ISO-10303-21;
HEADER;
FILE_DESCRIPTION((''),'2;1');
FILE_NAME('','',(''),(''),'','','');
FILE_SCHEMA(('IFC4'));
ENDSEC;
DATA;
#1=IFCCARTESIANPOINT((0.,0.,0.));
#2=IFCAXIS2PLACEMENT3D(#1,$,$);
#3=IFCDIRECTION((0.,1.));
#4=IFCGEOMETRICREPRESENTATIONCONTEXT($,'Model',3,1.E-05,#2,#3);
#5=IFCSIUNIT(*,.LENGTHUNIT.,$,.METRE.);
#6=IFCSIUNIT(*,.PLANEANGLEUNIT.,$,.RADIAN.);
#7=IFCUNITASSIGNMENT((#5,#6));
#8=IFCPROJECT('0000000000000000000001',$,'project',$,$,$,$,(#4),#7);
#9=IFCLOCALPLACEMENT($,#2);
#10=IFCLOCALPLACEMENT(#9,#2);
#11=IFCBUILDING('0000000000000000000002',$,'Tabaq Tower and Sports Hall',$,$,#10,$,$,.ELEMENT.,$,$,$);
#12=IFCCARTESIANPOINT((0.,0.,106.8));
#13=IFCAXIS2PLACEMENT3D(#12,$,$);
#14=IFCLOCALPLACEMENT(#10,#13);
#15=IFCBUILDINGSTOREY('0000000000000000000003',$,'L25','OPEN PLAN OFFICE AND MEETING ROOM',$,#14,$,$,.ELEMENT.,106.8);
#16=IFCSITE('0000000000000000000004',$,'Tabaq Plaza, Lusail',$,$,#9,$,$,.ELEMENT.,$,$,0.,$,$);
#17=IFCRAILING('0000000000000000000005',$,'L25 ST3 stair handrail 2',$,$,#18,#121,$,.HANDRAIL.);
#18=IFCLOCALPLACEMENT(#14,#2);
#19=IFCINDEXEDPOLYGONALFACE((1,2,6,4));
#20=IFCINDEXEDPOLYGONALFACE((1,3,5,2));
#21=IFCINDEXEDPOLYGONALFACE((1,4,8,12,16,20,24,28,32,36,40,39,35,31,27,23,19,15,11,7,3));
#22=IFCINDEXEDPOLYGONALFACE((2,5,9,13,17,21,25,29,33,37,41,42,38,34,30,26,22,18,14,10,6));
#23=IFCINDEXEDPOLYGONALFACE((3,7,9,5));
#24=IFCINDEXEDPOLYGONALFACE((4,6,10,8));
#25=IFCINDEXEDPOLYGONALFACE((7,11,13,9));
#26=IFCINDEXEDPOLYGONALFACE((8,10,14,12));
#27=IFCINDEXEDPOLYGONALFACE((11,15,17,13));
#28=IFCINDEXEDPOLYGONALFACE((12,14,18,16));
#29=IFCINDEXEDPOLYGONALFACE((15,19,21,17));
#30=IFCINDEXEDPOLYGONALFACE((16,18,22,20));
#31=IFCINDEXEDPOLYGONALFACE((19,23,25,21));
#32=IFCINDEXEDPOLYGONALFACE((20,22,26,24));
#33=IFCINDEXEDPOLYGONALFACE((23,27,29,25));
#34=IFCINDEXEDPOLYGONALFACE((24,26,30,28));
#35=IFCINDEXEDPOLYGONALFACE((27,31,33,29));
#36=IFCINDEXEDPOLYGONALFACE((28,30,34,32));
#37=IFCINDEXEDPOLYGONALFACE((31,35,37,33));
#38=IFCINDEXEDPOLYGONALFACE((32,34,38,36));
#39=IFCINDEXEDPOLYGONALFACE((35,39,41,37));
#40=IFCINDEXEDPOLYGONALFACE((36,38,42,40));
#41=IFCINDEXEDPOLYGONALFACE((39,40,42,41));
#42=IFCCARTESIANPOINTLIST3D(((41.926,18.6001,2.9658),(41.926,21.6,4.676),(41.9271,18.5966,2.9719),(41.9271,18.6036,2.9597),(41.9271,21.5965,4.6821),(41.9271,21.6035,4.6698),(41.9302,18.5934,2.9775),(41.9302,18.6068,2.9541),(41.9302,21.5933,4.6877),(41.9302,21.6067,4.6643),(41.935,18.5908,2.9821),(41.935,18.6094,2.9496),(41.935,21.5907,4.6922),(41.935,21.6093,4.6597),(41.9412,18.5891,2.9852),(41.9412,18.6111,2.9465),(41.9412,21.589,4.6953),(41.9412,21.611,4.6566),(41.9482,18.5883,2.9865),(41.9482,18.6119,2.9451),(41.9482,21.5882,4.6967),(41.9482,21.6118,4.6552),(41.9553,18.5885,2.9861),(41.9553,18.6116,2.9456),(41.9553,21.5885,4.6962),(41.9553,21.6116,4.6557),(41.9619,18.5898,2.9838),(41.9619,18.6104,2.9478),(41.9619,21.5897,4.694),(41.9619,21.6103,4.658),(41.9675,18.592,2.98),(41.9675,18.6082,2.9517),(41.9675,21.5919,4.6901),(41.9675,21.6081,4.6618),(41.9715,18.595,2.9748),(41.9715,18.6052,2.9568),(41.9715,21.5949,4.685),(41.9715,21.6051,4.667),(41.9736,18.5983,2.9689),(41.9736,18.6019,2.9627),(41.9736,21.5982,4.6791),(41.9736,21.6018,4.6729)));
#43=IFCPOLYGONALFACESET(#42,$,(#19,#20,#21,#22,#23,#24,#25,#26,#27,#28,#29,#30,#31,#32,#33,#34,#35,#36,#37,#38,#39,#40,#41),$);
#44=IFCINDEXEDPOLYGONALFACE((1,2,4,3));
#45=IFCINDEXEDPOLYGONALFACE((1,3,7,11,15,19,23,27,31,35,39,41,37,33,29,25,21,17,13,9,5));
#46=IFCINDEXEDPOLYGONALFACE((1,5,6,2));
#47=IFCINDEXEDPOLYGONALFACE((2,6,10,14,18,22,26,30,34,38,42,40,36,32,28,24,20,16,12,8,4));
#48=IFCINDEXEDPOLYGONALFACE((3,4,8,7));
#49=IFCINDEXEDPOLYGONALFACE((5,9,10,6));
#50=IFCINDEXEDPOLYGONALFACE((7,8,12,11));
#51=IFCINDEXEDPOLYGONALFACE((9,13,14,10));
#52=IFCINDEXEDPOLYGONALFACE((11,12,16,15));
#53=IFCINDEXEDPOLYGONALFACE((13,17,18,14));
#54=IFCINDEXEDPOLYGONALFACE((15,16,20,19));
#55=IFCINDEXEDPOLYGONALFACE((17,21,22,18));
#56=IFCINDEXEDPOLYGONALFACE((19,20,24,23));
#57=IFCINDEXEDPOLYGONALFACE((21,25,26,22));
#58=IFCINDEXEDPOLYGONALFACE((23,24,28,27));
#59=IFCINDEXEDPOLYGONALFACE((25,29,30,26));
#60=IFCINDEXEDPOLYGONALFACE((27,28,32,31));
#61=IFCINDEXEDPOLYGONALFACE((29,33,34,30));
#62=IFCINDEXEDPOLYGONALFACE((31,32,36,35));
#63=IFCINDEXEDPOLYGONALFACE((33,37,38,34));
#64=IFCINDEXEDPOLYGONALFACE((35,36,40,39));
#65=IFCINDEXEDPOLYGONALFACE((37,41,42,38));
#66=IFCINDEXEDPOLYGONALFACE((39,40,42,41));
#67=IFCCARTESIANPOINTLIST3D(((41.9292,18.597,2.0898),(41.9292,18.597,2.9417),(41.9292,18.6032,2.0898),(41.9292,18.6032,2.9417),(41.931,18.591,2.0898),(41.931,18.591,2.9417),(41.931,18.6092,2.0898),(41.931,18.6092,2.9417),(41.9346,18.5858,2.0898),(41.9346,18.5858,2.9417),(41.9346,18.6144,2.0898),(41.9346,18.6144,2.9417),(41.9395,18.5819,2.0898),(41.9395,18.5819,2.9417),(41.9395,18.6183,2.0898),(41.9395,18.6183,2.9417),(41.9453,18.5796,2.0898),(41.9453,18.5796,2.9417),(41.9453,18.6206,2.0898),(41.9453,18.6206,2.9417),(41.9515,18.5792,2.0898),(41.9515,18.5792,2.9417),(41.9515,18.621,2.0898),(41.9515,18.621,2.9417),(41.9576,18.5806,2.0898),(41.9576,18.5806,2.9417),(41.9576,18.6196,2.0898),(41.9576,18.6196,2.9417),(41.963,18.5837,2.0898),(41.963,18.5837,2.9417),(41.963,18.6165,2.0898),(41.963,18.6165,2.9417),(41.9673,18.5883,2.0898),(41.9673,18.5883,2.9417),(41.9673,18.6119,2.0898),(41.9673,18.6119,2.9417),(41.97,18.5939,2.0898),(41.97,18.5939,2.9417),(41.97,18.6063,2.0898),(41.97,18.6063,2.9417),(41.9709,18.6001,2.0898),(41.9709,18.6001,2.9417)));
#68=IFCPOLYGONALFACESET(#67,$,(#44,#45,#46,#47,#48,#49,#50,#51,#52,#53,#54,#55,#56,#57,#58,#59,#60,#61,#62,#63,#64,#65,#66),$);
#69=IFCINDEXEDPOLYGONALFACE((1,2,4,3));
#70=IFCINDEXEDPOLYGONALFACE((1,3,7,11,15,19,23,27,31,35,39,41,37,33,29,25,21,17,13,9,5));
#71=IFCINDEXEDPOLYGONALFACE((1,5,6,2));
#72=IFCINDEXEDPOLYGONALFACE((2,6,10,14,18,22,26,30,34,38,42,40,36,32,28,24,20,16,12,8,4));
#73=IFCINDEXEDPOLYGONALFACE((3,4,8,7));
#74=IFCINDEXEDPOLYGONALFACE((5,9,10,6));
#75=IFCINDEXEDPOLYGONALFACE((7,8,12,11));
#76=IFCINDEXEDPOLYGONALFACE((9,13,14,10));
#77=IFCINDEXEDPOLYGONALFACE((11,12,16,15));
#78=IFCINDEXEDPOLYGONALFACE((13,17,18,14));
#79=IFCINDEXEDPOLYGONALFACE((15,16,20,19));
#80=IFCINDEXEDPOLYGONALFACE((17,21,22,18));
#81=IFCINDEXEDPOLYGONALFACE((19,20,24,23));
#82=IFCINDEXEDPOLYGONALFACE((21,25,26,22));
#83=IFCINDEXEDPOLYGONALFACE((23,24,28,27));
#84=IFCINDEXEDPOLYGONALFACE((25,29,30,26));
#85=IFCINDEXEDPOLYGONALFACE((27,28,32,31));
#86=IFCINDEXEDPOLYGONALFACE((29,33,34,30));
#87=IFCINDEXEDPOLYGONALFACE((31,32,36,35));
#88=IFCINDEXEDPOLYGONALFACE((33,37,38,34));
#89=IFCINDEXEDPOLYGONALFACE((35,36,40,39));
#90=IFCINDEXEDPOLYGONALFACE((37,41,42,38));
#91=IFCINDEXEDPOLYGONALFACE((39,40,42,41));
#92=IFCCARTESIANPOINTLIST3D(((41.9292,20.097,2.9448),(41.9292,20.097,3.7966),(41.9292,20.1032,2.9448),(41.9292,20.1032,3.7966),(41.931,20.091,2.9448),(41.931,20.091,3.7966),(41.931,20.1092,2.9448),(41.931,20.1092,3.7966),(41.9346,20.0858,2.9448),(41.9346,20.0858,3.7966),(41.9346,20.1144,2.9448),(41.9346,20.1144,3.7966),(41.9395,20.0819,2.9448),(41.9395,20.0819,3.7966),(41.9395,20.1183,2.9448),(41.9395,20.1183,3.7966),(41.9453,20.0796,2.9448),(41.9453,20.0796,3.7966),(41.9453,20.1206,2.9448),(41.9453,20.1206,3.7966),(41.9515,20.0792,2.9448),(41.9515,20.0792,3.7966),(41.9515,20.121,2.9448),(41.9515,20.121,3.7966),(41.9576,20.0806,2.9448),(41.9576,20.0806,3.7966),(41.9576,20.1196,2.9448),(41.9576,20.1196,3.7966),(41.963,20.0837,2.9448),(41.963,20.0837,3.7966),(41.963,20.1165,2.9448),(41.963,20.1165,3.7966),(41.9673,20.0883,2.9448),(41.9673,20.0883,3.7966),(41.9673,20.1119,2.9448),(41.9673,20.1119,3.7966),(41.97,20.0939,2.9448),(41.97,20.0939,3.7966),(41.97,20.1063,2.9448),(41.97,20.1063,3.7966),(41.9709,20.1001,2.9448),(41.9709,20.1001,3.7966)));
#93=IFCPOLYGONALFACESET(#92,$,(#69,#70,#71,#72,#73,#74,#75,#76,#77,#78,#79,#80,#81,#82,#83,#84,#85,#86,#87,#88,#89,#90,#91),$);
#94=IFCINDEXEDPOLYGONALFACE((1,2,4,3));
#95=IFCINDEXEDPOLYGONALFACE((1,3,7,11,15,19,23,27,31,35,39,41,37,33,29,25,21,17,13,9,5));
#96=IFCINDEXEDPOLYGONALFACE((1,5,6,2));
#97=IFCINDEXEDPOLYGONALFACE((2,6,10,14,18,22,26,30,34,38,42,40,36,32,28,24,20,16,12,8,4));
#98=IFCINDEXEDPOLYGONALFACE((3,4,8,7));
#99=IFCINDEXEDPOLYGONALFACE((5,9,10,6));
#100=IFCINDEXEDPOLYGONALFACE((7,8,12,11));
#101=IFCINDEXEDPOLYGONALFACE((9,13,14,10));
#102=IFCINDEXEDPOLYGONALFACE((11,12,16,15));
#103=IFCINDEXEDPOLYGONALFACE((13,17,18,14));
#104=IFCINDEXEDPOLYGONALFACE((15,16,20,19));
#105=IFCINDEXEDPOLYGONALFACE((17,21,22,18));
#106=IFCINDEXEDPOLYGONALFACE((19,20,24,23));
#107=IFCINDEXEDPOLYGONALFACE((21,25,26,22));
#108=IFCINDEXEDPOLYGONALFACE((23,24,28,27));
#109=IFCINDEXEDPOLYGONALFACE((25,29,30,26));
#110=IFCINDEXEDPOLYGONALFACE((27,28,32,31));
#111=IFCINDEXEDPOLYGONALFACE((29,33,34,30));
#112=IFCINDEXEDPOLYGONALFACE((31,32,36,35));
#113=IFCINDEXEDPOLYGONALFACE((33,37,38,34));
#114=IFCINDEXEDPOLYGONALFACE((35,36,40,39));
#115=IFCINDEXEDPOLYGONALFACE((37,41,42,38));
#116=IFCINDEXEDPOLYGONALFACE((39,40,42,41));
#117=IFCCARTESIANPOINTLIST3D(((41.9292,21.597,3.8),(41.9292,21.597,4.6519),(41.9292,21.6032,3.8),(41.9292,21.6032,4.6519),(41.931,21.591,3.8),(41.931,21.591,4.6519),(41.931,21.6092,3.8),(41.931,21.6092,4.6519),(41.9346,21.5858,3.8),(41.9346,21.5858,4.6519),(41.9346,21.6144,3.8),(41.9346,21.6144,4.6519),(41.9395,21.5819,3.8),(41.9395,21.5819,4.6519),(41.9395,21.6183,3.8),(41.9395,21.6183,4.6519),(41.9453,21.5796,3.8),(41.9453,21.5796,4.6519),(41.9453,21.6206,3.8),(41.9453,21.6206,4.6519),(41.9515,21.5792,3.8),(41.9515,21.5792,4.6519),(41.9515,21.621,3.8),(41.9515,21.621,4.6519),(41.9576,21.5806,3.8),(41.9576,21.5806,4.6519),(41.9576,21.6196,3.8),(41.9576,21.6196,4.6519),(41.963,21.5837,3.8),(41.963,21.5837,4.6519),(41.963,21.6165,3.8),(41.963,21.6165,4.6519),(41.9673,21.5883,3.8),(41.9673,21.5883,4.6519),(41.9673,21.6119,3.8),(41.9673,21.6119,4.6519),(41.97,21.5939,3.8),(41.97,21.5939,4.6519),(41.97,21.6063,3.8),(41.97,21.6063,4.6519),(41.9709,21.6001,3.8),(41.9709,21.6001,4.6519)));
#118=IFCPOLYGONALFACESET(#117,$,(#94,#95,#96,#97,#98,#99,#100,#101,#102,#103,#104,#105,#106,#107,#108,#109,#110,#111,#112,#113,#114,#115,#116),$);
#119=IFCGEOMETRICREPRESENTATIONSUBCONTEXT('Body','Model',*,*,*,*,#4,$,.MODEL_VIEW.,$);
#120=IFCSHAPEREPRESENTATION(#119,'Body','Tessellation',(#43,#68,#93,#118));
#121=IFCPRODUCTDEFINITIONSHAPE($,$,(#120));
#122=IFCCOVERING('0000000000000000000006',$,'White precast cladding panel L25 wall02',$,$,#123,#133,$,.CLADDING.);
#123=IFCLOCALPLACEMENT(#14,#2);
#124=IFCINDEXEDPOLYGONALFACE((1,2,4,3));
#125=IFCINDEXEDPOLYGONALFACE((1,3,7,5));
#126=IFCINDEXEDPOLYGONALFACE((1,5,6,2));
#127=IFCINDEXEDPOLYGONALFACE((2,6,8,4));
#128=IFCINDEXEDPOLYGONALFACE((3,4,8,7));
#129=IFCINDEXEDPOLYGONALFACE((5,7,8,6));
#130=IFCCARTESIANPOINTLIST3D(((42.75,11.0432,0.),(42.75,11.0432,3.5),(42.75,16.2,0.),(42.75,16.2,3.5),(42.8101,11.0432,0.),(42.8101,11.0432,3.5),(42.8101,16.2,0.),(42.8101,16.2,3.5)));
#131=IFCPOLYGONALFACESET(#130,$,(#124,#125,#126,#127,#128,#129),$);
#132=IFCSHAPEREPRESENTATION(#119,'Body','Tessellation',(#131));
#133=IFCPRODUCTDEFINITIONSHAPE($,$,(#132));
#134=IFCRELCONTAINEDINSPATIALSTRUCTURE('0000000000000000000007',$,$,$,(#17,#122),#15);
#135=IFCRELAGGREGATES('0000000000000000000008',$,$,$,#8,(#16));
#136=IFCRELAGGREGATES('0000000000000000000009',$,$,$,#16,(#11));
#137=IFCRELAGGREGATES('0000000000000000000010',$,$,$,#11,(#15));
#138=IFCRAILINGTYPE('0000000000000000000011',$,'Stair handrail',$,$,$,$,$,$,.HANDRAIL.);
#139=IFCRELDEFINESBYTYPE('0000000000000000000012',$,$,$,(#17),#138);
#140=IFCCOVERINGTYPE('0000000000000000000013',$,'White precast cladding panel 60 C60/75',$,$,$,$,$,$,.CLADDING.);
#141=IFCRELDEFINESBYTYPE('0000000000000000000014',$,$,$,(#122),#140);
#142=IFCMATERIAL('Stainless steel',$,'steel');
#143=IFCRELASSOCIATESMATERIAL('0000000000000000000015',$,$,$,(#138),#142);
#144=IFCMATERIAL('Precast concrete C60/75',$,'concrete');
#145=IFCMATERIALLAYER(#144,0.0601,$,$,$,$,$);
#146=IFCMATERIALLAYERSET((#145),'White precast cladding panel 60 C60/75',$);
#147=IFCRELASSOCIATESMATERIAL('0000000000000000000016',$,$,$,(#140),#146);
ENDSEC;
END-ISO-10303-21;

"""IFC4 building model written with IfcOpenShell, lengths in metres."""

from ifc_helpers import new_model, si_unit, direction, frame, frame_2d, origin, origin_2d, place, context, subcontext, project, spatial, rectangle, circle, extrude, material, layer, layer_set, type_object, element, save


model = new_model("IFC4")

# Units and contexts
model_context = context("Model", 3, precision=1e-05, world=origin(), true_north=direction((0.0, 1.0)))
body_context = subcontext(model_context, "Body", "Model", "MODEL_VIEW")
ifc_project = project(units=[si_unit("LENGTHUNIT", "METRE"), si_unit("PLANEANGLEUNIT", "RADIAN")], contexts=[model_context])

# Site, building, storey
site_placement = place(None, origin())
site = spatial("IfcSite", under=ifc_project, at=site_placement, Name="Tabaq Plaza, Lusail", CompositionType="ELEMENT", RefElevation=0.0)
building_placement = place(site_placement, origin())
building = spatial("IfcBuilding", under=site, at=building_placement, Name="Tabaq Tower and Sports Hall", CompositionType="ELEMENT")
storey_placement = place(building_placement, frame((0.0, 0.0, 106.8)))
storey = spatial("IfcBuildingStorey", under=building, at=storey_placement, Name="L25", Description="OPEN PLAN OFFICE AND MEETING ROOM", CompositionType="ELEMENT", Elevation=106.8)

# Railing
ifc_material_1 = material(Name="Stainless steel", Category="steel")
railing_type_1 = type_object("IfcRailingType", Name="Stair handrail", PredefinedType="HANDRAIL", material=ifc_material_1)
railing_1_placement = place(storey_placement, frame((41.95, 18.6001, 2.0898)))
element("IfcRailing", 1, at=railing_1_placement, inside=storey, type_object=railing_type_1, Name="L25 ST3 stair handrail 2", PredefinedType="HANDRAIL", context=body_context, shape_type="SweptSolid", body=[
    extrude(circle(Radius=0.0239, at=origin_2d()), frame((0.0, 0.0, 0.876), z_axis=(0.0, 0.868752, 0.495248), x_axis=(-1.0, 0.0, 0.0)), (0.0, 0.0, 1.0), 3.4531),
    extrude(circle(Radius=0.021, at=origin_2d()), origin(), (0.0, 0.0, 1.0), 0.8518),
    extrude(circle(Radius=0.021, at=origin_2d()), frame((0.0, 1.5, 0.855)), (0.0, 0.0, 1.0), 0.8518),
    extrude(circle(Radius=0.021, at=origin_2d()), frame((0.0, 3.0, 1.7102)), (0.0, 0.0, 1.0), 0.8518),
])

# Covering
ifc_material_2 = material(Name="Precast concrete C60/75", Category="concrete")
ifc_layer_1 = layer(ifc_material_2, 0.0601)
ifc_layer_set_1 = layer_set([ifc_layer_1], Name="White precast cladding panel 60 C60/75")
covering_type = type_object("IfcCoveringType", Name="White precast cladding panel 60 C60/75", PredefinedType="CLADDING", material=ifc_layer_set_1)
covering_placement = place(storey_placement, frame((42.78, 11.0432, 0.0), z_axis=(0.0, 0.0, 1.0), x_axis=(0.0, 1.0, 0.0)))
element("IfcCovering", 2, at=covering_placement, inside=storey, type_object=covering_type, Name="White precast cladding panel L25 wall02", PredefinedType="CLADDING", context=body_context, shape_type="SweptSolid", body=[
    extrude(rectangle(XDim=5.1567, YDim=0.0601, at=frame_2d((2.5784, 0.0))), origin(), (0.0, 0.0, 1.0), 3.5),
])

save(model, "model.ifc")
